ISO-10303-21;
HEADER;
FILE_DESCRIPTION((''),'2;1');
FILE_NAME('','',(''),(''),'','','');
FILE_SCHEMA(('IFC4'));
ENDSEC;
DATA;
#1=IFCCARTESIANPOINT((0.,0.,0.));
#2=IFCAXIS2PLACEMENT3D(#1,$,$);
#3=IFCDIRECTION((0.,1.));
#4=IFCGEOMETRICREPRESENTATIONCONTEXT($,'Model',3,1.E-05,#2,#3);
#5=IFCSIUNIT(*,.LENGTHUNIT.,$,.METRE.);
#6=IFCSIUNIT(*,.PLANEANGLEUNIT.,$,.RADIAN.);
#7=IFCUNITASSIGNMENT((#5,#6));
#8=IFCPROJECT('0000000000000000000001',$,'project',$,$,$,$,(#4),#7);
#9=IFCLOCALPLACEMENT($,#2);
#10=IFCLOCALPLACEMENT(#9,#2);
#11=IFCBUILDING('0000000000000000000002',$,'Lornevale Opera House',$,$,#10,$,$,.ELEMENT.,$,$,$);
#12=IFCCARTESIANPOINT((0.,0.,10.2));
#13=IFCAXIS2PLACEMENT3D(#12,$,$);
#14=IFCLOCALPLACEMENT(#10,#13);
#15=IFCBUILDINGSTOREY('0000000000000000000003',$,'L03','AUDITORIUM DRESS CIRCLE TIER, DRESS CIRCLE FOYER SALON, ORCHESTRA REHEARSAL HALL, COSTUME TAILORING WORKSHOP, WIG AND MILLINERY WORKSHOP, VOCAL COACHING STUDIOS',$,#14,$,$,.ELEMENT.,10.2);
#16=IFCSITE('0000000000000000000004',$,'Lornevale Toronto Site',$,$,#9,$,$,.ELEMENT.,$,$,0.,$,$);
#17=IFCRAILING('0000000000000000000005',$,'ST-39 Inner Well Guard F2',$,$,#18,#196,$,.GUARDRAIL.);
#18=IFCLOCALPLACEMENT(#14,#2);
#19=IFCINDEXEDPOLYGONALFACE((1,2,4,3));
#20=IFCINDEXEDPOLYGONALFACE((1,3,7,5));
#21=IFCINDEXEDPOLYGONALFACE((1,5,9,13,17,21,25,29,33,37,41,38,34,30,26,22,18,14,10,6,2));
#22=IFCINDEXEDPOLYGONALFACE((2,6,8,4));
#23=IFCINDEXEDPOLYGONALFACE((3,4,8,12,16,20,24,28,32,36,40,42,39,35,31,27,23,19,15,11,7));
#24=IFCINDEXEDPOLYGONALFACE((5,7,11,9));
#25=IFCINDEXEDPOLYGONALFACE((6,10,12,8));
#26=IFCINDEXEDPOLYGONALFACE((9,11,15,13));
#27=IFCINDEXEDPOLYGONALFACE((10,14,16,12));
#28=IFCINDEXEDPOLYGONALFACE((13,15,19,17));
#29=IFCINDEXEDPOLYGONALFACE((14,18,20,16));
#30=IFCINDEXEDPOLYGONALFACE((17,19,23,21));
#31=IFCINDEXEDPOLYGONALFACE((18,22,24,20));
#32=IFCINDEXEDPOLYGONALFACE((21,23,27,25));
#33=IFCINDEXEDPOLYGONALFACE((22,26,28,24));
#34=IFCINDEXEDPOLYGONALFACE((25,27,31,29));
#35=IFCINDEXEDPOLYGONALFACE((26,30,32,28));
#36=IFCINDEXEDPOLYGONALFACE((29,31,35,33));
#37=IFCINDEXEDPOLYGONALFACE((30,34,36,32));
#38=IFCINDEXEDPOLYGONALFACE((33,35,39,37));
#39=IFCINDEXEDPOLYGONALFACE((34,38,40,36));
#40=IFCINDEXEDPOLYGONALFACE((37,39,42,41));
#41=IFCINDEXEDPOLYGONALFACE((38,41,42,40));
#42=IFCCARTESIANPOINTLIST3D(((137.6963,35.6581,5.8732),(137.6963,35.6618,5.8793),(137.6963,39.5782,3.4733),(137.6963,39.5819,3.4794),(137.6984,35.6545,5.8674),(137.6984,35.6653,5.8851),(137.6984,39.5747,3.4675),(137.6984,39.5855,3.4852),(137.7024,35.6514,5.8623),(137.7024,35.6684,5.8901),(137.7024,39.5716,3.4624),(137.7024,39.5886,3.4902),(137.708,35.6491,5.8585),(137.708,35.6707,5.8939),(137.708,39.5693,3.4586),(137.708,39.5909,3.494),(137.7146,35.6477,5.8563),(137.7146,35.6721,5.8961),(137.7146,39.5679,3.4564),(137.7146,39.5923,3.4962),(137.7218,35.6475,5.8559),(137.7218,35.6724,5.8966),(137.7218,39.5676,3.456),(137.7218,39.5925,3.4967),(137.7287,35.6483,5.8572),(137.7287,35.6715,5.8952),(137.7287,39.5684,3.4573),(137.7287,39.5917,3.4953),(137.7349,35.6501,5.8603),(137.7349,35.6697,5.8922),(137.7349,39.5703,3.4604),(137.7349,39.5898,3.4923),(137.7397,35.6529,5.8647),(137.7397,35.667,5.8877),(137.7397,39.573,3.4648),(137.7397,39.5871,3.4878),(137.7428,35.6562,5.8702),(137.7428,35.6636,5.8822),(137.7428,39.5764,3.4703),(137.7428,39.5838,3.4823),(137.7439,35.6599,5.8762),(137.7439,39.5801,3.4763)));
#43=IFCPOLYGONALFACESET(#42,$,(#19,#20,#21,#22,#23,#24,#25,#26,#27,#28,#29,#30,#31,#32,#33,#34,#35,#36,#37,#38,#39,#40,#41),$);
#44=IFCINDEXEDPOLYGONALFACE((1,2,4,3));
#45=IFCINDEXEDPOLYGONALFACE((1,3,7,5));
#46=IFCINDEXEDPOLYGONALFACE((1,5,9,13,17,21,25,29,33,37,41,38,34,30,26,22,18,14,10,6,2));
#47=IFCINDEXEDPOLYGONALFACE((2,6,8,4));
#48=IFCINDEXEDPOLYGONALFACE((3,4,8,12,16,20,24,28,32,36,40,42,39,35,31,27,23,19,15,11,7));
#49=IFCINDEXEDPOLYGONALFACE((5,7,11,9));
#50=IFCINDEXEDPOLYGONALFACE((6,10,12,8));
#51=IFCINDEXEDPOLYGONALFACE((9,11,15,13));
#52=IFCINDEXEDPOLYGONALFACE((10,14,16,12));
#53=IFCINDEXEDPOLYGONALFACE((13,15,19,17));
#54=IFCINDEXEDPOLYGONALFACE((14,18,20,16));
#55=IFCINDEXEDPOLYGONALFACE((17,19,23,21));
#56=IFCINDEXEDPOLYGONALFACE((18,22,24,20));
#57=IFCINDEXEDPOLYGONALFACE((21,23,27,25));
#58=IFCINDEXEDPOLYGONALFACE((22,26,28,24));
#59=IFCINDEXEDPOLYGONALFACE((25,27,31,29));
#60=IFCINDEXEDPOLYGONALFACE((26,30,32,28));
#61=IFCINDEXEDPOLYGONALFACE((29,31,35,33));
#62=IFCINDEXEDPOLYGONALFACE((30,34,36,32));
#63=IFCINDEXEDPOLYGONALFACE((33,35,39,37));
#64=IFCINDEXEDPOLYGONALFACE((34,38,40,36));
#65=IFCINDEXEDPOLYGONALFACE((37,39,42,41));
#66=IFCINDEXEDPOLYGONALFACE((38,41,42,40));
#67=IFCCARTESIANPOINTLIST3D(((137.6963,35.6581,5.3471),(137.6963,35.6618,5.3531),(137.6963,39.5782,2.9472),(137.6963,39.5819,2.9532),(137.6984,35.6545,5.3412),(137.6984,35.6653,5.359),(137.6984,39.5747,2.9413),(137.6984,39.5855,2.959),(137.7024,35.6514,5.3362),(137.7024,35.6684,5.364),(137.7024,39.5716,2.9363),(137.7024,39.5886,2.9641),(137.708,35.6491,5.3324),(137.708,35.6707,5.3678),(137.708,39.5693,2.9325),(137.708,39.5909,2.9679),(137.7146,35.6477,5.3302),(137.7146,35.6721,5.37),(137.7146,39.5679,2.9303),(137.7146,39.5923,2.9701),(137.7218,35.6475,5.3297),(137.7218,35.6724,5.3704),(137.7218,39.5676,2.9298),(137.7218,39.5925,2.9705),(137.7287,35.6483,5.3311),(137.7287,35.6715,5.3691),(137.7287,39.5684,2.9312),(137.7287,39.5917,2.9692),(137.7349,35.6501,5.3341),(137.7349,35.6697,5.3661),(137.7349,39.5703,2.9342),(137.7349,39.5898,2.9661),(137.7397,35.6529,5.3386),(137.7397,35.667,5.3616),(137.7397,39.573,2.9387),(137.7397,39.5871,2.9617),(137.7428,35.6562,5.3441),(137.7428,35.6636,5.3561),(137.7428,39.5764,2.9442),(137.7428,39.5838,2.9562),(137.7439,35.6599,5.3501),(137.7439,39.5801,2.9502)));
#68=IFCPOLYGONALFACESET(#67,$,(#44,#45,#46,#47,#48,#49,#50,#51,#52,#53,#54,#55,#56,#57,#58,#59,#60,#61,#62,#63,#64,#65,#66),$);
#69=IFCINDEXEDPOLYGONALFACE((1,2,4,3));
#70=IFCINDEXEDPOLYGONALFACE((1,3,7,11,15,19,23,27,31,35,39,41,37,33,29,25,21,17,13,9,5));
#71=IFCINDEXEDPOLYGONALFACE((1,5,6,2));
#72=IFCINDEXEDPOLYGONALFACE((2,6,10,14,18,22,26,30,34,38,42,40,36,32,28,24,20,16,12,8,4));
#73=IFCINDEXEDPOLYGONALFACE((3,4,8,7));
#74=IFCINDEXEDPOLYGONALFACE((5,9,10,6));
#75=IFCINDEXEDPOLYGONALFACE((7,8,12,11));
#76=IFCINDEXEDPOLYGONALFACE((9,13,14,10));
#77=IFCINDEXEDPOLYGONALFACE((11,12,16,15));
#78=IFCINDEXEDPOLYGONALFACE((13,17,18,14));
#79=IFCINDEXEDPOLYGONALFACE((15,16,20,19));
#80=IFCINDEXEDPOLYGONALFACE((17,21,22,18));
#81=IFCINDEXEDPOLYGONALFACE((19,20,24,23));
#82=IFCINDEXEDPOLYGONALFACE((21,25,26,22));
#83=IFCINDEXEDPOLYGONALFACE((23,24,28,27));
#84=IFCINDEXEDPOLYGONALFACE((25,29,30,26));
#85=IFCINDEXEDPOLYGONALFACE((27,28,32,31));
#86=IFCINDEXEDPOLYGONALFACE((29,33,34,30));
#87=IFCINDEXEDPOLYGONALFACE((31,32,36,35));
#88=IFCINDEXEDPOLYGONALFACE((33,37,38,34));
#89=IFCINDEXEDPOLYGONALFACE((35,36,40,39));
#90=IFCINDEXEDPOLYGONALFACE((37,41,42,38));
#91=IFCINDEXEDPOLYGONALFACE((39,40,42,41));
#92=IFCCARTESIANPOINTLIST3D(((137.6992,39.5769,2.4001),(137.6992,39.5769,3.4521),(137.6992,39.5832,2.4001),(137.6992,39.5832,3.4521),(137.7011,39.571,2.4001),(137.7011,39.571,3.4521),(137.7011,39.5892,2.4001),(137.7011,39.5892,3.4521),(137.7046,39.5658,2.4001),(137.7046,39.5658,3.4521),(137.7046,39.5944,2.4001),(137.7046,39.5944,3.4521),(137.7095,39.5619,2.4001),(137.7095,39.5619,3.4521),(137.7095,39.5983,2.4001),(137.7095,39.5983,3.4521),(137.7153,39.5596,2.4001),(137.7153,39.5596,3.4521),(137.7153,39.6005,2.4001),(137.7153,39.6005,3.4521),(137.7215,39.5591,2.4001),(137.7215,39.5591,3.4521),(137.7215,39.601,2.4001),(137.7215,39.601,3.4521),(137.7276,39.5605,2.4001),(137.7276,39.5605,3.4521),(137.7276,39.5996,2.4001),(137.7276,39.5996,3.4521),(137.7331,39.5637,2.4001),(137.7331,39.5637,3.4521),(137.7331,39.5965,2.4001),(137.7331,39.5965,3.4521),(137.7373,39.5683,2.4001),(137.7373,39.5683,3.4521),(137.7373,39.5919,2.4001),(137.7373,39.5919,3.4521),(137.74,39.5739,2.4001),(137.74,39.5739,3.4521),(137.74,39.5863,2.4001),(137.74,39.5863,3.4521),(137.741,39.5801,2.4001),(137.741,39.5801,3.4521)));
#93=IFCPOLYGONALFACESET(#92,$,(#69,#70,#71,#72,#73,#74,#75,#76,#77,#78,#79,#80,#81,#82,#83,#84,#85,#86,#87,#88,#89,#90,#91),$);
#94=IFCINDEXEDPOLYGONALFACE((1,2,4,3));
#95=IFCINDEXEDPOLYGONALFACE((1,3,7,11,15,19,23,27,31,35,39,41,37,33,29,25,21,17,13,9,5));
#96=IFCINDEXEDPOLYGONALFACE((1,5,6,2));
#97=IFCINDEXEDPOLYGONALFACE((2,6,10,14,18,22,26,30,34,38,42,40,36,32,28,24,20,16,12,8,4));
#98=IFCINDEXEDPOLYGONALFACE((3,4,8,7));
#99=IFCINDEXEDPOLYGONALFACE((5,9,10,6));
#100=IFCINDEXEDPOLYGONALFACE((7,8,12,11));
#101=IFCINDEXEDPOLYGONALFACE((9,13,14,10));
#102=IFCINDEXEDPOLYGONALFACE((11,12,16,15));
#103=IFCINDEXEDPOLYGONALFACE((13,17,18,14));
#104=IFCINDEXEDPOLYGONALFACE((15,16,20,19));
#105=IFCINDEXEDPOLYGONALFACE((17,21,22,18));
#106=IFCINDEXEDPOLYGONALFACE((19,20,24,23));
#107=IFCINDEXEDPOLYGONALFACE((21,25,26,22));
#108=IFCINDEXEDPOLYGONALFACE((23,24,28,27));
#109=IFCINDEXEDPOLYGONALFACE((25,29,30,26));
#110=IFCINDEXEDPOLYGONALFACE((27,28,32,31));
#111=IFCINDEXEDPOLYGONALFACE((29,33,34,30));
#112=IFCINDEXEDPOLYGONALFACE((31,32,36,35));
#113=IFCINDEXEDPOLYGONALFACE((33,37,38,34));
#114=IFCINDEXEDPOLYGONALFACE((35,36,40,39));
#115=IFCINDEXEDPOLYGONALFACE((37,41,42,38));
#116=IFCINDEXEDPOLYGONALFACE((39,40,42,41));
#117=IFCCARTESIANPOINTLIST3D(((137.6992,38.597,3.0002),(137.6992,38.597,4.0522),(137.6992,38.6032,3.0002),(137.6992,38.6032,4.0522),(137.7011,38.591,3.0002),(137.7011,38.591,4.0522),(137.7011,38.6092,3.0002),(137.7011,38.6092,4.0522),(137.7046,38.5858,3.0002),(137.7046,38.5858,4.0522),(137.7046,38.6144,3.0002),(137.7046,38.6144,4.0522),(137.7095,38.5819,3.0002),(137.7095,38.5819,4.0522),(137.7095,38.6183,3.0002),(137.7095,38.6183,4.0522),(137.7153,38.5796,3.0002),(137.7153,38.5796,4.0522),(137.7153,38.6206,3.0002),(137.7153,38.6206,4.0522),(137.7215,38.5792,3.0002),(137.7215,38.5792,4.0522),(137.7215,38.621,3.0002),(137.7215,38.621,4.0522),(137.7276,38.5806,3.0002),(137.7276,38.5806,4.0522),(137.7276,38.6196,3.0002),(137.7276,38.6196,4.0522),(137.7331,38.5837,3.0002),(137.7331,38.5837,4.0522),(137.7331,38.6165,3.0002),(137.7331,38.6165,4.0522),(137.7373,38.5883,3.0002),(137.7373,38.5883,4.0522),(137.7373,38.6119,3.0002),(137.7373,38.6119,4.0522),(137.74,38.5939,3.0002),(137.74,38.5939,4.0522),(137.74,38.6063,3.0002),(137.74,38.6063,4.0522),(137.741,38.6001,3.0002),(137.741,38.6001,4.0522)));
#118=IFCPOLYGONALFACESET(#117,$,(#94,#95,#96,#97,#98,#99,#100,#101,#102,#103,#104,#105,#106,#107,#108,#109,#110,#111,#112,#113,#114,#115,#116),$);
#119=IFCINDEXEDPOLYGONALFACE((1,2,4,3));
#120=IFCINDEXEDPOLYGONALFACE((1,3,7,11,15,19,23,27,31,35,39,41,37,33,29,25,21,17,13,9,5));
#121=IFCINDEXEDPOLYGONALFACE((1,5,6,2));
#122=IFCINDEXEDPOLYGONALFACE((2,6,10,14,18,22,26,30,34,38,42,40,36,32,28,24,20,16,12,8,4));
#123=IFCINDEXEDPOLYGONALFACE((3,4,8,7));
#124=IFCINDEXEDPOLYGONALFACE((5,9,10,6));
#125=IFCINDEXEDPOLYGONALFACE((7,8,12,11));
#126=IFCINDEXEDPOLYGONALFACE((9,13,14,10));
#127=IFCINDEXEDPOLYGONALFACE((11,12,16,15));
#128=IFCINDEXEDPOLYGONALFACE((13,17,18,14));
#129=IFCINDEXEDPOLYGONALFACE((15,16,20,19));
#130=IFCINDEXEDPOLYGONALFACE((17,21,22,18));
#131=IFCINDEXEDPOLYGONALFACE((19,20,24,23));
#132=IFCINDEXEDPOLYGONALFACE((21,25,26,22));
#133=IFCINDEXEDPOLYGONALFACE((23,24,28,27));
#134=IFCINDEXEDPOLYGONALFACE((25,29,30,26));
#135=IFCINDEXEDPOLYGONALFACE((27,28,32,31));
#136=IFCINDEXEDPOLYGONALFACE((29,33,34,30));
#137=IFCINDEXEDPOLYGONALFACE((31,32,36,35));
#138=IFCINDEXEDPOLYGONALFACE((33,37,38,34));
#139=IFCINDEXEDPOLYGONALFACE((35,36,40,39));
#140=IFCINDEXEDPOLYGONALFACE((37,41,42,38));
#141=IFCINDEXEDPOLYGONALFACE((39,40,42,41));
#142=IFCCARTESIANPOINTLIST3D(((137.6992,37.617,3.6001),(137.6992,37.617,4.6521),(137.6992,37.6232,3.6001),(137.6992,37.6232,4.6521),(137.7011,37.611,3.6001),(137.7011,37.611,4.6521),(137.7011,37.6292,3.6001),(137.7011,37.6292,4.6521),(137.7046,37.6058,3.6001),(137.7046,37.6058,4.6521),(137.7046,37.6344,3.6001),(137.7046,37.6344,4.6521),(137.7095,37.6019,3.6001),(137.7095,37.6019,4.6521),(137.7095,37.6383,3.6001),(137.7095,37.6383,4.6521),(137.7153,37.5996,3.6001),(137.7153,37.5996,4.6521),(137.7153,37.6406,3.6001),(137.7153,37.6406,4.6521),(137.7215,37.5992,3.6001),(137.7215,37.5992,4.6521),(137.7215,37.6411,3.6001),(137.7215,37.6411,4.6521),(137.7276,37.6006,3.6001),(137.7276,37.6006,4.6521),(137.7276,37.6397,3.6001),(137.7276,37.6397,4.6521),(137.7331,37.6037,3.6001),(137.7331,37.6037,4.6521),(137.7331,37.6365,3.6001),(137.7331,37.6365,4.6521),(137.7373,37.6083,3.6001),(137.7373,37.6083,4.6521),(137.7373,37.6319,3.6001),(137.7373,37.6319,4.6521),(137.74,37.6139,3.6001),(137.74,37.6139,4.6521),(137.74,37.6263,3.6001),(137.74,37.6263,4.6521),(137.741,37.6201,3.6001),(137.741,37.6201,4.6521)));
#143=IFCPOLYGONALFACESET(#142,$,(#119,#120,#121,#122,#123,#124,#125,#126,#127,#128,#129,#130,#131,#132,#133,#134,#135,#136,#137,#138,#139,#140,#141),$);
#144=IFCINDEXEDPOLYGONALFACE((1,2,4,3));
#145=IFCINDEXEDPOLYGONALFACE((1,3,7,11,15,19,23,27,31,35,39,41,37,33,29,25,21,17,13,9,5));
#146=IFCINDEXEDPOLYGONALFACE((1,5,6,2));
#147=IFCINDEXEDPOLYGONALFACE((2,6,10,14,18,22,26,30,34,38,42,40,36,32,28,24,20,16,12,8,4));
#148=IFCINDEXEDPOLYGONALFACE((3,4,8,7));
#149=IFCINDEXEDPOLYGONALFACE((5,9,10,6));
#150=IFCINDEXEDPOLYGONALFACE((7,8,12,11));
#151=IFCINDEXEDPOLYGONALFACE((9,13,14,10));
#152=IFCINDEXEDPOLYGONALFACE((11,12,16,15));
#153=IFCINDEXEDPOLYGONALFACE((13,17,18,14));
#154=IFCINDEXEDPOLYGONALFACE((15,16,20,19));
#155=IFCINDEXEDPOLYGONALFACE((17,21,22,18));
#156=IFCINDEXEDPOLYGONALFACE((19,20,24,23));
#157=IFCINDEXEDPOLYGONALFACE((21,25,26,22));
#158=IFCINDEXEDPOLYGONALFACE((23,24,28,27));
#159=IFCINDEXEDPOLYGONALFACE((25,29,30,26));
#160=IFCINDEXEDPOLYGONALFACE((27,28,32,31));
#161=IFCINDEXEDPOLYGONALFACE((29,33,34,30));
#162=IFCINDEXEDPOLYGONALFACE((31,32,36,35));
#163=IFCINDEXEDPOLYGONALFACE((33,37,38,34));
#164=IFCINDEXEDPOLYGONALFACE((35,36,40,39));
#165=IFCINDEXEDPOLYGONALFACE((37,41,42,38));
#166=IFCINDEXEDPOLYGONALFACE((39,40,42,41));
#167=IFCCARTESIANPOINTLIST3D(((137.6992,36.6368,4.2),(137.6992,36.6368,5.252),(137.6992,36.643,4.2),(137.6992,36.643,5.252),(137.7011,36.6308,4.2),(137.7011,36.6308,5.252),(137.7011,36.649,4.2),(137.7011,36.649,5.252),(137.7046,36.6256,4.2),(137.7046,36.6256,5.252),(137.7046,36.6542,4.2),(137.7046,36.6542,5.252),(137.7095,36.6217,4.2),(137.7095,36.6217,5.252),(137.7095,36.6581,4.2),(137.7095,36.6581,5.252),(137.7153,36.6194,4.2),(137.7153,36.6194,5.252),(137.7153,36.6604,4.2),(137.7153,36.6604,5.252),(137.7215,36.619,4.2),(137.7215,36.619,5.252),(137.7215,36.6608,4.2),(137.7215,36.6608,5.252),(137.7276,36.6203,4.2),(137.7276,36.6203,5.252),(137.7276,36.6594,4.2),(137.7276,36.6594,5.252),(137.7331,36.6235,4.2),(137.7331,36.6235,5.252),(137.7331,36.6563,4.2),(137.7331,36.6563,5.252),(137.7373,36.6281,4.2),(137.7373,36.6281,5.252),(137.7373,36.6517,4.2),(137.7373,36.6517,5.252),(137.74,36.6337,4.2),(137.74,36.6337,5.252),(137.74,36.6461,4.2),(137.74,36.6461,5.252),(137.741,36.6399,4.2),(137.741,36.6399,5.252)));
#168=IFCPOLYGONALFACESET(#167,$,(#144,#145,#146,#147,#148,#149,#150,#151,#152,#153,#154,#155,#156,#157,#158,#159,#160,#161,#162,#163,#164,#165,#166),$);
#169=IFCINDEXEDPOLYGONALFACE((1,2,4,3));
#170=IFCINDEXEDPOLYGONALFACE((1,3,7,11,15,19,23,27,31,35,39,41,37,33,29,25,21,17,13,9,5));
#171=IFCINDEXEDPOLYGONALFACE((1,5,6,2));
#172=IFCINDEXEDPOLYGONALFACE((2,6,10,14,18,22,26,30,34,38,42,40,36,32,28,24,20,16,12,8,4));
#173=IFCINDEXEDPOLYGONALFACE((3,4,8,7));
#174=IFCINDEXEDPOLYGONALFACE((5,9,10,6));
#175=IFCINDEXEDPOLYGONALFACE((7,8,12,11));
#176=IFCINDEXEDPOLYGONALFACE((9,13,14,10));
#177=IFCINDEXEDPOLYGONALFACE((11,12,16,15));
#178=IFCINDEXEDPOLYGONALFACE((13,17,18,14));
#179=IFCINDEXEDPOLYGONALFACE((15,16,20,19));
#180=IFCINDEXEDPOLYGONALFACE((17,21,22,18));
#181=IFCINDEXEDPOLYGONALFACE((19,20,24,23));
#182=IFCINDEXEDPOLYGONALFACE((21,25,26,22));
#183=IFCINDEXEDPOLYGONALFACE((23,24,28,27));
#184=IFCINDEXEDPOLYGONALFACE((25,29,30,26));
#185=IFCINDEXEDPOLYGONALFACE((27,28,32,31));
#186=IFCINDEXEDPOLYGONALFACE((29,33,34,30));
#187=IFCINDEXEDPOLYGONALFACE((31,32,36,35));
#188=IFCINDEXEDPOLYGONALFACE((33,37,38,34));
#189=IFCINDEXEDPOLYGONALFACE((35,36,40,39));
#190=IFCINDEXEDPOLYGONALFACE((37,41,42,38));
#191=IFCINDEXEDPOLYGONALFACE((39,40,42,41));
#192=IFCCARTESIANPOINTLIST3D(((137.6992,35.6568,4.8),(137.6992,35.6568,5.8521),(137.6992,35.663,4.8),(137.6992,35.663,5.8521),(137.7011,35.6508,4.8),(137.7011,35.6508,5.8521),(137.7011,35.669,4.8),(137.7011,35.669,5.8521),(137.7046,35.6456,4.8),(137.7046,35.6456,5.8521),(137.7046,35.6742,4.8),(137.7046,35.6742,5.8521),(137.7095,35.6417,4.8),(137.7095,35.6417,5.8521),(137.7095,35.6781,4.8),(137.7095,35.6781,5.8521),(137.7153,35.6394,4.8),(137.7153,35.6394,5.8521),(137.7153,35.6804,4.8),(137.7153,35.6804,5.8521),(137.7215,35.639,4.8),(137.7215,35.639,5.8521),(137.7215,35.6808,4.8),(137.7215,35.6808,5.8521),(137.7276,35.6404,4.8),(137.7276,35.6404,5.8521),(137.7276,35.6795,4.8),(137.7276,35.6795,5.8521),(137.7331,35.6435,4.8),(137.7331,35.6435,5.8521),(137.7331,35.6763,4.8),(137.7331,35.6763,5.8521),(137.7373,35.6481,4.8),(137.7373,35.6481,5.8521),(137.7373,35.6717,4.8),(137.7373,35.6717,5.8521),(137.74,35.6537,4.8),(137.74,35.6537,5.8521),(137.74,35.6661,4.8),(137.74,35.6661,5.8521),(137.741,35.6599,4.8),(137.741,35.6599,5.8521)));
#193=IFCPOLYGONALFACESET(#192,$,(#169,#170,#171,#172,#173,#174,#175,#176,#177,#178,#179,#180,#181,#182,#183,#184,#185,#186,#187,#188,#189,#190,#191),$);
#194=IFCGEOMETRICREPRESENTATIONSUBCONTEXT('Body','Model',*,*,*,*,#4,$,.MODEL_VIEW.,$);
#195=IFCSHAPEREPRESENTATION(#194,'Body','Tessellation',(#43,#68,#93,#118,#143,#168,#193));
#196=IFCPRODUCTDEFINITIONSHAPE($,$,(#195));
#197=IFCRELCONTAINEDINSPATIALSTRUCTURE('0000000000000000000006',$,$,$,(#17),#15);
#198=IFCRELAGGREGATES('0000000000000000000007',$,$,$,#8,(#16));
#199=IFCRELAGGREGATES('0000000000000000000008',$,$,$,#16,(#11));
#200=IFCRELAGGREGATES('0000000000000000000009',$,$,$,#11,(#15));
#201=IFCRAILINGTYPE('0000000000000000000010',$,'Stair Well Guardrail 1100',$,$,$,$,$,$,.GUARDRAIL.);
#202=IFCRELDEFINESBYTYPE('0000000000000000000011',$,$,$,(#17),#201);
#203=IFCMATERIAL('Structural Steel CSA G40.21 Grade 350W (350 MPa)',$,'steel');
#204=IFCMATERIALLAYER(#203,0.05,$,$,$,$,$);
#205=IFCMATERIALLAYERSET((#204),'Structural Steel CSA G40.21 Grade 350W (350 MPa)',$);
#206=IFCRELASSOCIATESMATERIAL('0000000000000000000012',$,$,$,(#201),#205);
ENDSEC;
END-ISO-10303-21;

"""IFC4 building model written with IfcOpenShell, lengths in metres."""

from ifc_helpers import new_model, si_unit, direction, frame, origin, origin_2d, place, context, subcontext, project, spatial, circle, extrude, material, layer, layer_set, type_object, element, save


model = new_model("IFC4")

# Units and contexts
model_context = context("Model", 3, precision=1e-05, world=origin(), true_north=direction((0.0, 1.0)))
body_context = subcontext(model_context, "Body", "Model", "MODEL_VIEW")
ifc_project = project(units=[si_unit("LENGTHUNIT", "METRE"), si_unit("PLANEANGLEUNIT", "RADIAN")], contexts=[model_context])

# Site, building, storey
site_placement = place(None, origin())
site = spatial("IfcSite", under=ifc_project, at=site_placement, Name="Lornevale Toronto Site", CompositionType="ELEMENT", RefElevation=0.0)
building_placement = place(site_placement, origin())
building = spatial("IfcBuilding", under=site, at=building_placement, Name="Lornevale Opera House", CompositionType="ELEMENT")
storey_placement = place(building_placement, frame((0.0, 0.0, 10.2)))
storey = spatial("IfcBuildingStorey", under=building, at=storey_placement, Name="L03", Description="AUDITORIUM DRESS CIRCLE TIER, DRESS CIRCLE FOYER SALON, ORCHESTRA REHEARSAL HALL, COSTUME TAILORING WORKSHOP, WIG AND MILLINERY WORKSHOP, VOCAL COACHING STUDIOS", CompositionType="ELEMENT", Elevation=10.2)

# Shared definitions
ifc_material_1 = material(Name="Structural Steel CSA G40.21 Grade 350W (350 MPa)", Category="steel")

# Railing
ifc_layer_1 = layer(ifc_material_1, 0.05)
ifc_layer_set_1 = layer_set([ifc_layer_1], Name="Structural Steel CSA G40.21 Grade 350W (350 MPa)")
railing_type_1 = type_object("IfcRailingType", Name="Stair Well Guardrail 1100", PredefinedType="GUARDRAIL", material=ifc_layer_set_1)
railing_1_placement = place(storey_placement, frame((137.72, 39.5801, 2.4001)))
element("IfcRailing", 1, at=railing_1_placement, inside=storey, type_object=railing_type_1, Name="ST-39 Inner Well Guard F2", PredefinedType="GUARDRAIL", context=body_context, shape_type="SweptSolid", body=[
    extrude(circle(Radius=0.0239, at=origin_2d()), frame((0.0, 0.0, 1.0762), z_axis=(0.0, -0.852871, 0.522122), x_axis=(1.0, 0.0, 0.0)), (0.0, 0.0, 1.0), 4.5964),
    extrude(circle(Radius=0.0239, at=origin_2d()), frame((0.0, 0.0, 0.55), z_axis=(0.0, -0.852871, 0.522122), x_axis=(1.0, 0.0, 0.0)), (0.0, 0.0, 1.0), 4.5964),
    extrude(circle(Radius=0.021, at=origin_2d()), origin(), (0.0, 0.0, 1.0), 1.052),
    extrude(circle(Radius=0.021, at=origin_2d()), frame((0.0, -0.98, 0.6001)), (0.0, 0.0, 1.0), 1.052),
    extrude(circle(Radius=0.021, at=origin_2d()), frame((0.0, -1.96, 1.2)), (0.0, 0.0, 1.0), 1.052),
    extrude(circle(Radius=0.021, at=origin_2d()), frame((0.0, -2.9402, 1.7998)), (0.0, 0.0, 1.0), 1.052),
    extrude(circle(Radius=0.021, at=origin_2d()), frame((0.0, -3.9202, 2.3999)), (0.0, 0.0, 1.0), 1.052),
])

save(model, "model.ifc")
